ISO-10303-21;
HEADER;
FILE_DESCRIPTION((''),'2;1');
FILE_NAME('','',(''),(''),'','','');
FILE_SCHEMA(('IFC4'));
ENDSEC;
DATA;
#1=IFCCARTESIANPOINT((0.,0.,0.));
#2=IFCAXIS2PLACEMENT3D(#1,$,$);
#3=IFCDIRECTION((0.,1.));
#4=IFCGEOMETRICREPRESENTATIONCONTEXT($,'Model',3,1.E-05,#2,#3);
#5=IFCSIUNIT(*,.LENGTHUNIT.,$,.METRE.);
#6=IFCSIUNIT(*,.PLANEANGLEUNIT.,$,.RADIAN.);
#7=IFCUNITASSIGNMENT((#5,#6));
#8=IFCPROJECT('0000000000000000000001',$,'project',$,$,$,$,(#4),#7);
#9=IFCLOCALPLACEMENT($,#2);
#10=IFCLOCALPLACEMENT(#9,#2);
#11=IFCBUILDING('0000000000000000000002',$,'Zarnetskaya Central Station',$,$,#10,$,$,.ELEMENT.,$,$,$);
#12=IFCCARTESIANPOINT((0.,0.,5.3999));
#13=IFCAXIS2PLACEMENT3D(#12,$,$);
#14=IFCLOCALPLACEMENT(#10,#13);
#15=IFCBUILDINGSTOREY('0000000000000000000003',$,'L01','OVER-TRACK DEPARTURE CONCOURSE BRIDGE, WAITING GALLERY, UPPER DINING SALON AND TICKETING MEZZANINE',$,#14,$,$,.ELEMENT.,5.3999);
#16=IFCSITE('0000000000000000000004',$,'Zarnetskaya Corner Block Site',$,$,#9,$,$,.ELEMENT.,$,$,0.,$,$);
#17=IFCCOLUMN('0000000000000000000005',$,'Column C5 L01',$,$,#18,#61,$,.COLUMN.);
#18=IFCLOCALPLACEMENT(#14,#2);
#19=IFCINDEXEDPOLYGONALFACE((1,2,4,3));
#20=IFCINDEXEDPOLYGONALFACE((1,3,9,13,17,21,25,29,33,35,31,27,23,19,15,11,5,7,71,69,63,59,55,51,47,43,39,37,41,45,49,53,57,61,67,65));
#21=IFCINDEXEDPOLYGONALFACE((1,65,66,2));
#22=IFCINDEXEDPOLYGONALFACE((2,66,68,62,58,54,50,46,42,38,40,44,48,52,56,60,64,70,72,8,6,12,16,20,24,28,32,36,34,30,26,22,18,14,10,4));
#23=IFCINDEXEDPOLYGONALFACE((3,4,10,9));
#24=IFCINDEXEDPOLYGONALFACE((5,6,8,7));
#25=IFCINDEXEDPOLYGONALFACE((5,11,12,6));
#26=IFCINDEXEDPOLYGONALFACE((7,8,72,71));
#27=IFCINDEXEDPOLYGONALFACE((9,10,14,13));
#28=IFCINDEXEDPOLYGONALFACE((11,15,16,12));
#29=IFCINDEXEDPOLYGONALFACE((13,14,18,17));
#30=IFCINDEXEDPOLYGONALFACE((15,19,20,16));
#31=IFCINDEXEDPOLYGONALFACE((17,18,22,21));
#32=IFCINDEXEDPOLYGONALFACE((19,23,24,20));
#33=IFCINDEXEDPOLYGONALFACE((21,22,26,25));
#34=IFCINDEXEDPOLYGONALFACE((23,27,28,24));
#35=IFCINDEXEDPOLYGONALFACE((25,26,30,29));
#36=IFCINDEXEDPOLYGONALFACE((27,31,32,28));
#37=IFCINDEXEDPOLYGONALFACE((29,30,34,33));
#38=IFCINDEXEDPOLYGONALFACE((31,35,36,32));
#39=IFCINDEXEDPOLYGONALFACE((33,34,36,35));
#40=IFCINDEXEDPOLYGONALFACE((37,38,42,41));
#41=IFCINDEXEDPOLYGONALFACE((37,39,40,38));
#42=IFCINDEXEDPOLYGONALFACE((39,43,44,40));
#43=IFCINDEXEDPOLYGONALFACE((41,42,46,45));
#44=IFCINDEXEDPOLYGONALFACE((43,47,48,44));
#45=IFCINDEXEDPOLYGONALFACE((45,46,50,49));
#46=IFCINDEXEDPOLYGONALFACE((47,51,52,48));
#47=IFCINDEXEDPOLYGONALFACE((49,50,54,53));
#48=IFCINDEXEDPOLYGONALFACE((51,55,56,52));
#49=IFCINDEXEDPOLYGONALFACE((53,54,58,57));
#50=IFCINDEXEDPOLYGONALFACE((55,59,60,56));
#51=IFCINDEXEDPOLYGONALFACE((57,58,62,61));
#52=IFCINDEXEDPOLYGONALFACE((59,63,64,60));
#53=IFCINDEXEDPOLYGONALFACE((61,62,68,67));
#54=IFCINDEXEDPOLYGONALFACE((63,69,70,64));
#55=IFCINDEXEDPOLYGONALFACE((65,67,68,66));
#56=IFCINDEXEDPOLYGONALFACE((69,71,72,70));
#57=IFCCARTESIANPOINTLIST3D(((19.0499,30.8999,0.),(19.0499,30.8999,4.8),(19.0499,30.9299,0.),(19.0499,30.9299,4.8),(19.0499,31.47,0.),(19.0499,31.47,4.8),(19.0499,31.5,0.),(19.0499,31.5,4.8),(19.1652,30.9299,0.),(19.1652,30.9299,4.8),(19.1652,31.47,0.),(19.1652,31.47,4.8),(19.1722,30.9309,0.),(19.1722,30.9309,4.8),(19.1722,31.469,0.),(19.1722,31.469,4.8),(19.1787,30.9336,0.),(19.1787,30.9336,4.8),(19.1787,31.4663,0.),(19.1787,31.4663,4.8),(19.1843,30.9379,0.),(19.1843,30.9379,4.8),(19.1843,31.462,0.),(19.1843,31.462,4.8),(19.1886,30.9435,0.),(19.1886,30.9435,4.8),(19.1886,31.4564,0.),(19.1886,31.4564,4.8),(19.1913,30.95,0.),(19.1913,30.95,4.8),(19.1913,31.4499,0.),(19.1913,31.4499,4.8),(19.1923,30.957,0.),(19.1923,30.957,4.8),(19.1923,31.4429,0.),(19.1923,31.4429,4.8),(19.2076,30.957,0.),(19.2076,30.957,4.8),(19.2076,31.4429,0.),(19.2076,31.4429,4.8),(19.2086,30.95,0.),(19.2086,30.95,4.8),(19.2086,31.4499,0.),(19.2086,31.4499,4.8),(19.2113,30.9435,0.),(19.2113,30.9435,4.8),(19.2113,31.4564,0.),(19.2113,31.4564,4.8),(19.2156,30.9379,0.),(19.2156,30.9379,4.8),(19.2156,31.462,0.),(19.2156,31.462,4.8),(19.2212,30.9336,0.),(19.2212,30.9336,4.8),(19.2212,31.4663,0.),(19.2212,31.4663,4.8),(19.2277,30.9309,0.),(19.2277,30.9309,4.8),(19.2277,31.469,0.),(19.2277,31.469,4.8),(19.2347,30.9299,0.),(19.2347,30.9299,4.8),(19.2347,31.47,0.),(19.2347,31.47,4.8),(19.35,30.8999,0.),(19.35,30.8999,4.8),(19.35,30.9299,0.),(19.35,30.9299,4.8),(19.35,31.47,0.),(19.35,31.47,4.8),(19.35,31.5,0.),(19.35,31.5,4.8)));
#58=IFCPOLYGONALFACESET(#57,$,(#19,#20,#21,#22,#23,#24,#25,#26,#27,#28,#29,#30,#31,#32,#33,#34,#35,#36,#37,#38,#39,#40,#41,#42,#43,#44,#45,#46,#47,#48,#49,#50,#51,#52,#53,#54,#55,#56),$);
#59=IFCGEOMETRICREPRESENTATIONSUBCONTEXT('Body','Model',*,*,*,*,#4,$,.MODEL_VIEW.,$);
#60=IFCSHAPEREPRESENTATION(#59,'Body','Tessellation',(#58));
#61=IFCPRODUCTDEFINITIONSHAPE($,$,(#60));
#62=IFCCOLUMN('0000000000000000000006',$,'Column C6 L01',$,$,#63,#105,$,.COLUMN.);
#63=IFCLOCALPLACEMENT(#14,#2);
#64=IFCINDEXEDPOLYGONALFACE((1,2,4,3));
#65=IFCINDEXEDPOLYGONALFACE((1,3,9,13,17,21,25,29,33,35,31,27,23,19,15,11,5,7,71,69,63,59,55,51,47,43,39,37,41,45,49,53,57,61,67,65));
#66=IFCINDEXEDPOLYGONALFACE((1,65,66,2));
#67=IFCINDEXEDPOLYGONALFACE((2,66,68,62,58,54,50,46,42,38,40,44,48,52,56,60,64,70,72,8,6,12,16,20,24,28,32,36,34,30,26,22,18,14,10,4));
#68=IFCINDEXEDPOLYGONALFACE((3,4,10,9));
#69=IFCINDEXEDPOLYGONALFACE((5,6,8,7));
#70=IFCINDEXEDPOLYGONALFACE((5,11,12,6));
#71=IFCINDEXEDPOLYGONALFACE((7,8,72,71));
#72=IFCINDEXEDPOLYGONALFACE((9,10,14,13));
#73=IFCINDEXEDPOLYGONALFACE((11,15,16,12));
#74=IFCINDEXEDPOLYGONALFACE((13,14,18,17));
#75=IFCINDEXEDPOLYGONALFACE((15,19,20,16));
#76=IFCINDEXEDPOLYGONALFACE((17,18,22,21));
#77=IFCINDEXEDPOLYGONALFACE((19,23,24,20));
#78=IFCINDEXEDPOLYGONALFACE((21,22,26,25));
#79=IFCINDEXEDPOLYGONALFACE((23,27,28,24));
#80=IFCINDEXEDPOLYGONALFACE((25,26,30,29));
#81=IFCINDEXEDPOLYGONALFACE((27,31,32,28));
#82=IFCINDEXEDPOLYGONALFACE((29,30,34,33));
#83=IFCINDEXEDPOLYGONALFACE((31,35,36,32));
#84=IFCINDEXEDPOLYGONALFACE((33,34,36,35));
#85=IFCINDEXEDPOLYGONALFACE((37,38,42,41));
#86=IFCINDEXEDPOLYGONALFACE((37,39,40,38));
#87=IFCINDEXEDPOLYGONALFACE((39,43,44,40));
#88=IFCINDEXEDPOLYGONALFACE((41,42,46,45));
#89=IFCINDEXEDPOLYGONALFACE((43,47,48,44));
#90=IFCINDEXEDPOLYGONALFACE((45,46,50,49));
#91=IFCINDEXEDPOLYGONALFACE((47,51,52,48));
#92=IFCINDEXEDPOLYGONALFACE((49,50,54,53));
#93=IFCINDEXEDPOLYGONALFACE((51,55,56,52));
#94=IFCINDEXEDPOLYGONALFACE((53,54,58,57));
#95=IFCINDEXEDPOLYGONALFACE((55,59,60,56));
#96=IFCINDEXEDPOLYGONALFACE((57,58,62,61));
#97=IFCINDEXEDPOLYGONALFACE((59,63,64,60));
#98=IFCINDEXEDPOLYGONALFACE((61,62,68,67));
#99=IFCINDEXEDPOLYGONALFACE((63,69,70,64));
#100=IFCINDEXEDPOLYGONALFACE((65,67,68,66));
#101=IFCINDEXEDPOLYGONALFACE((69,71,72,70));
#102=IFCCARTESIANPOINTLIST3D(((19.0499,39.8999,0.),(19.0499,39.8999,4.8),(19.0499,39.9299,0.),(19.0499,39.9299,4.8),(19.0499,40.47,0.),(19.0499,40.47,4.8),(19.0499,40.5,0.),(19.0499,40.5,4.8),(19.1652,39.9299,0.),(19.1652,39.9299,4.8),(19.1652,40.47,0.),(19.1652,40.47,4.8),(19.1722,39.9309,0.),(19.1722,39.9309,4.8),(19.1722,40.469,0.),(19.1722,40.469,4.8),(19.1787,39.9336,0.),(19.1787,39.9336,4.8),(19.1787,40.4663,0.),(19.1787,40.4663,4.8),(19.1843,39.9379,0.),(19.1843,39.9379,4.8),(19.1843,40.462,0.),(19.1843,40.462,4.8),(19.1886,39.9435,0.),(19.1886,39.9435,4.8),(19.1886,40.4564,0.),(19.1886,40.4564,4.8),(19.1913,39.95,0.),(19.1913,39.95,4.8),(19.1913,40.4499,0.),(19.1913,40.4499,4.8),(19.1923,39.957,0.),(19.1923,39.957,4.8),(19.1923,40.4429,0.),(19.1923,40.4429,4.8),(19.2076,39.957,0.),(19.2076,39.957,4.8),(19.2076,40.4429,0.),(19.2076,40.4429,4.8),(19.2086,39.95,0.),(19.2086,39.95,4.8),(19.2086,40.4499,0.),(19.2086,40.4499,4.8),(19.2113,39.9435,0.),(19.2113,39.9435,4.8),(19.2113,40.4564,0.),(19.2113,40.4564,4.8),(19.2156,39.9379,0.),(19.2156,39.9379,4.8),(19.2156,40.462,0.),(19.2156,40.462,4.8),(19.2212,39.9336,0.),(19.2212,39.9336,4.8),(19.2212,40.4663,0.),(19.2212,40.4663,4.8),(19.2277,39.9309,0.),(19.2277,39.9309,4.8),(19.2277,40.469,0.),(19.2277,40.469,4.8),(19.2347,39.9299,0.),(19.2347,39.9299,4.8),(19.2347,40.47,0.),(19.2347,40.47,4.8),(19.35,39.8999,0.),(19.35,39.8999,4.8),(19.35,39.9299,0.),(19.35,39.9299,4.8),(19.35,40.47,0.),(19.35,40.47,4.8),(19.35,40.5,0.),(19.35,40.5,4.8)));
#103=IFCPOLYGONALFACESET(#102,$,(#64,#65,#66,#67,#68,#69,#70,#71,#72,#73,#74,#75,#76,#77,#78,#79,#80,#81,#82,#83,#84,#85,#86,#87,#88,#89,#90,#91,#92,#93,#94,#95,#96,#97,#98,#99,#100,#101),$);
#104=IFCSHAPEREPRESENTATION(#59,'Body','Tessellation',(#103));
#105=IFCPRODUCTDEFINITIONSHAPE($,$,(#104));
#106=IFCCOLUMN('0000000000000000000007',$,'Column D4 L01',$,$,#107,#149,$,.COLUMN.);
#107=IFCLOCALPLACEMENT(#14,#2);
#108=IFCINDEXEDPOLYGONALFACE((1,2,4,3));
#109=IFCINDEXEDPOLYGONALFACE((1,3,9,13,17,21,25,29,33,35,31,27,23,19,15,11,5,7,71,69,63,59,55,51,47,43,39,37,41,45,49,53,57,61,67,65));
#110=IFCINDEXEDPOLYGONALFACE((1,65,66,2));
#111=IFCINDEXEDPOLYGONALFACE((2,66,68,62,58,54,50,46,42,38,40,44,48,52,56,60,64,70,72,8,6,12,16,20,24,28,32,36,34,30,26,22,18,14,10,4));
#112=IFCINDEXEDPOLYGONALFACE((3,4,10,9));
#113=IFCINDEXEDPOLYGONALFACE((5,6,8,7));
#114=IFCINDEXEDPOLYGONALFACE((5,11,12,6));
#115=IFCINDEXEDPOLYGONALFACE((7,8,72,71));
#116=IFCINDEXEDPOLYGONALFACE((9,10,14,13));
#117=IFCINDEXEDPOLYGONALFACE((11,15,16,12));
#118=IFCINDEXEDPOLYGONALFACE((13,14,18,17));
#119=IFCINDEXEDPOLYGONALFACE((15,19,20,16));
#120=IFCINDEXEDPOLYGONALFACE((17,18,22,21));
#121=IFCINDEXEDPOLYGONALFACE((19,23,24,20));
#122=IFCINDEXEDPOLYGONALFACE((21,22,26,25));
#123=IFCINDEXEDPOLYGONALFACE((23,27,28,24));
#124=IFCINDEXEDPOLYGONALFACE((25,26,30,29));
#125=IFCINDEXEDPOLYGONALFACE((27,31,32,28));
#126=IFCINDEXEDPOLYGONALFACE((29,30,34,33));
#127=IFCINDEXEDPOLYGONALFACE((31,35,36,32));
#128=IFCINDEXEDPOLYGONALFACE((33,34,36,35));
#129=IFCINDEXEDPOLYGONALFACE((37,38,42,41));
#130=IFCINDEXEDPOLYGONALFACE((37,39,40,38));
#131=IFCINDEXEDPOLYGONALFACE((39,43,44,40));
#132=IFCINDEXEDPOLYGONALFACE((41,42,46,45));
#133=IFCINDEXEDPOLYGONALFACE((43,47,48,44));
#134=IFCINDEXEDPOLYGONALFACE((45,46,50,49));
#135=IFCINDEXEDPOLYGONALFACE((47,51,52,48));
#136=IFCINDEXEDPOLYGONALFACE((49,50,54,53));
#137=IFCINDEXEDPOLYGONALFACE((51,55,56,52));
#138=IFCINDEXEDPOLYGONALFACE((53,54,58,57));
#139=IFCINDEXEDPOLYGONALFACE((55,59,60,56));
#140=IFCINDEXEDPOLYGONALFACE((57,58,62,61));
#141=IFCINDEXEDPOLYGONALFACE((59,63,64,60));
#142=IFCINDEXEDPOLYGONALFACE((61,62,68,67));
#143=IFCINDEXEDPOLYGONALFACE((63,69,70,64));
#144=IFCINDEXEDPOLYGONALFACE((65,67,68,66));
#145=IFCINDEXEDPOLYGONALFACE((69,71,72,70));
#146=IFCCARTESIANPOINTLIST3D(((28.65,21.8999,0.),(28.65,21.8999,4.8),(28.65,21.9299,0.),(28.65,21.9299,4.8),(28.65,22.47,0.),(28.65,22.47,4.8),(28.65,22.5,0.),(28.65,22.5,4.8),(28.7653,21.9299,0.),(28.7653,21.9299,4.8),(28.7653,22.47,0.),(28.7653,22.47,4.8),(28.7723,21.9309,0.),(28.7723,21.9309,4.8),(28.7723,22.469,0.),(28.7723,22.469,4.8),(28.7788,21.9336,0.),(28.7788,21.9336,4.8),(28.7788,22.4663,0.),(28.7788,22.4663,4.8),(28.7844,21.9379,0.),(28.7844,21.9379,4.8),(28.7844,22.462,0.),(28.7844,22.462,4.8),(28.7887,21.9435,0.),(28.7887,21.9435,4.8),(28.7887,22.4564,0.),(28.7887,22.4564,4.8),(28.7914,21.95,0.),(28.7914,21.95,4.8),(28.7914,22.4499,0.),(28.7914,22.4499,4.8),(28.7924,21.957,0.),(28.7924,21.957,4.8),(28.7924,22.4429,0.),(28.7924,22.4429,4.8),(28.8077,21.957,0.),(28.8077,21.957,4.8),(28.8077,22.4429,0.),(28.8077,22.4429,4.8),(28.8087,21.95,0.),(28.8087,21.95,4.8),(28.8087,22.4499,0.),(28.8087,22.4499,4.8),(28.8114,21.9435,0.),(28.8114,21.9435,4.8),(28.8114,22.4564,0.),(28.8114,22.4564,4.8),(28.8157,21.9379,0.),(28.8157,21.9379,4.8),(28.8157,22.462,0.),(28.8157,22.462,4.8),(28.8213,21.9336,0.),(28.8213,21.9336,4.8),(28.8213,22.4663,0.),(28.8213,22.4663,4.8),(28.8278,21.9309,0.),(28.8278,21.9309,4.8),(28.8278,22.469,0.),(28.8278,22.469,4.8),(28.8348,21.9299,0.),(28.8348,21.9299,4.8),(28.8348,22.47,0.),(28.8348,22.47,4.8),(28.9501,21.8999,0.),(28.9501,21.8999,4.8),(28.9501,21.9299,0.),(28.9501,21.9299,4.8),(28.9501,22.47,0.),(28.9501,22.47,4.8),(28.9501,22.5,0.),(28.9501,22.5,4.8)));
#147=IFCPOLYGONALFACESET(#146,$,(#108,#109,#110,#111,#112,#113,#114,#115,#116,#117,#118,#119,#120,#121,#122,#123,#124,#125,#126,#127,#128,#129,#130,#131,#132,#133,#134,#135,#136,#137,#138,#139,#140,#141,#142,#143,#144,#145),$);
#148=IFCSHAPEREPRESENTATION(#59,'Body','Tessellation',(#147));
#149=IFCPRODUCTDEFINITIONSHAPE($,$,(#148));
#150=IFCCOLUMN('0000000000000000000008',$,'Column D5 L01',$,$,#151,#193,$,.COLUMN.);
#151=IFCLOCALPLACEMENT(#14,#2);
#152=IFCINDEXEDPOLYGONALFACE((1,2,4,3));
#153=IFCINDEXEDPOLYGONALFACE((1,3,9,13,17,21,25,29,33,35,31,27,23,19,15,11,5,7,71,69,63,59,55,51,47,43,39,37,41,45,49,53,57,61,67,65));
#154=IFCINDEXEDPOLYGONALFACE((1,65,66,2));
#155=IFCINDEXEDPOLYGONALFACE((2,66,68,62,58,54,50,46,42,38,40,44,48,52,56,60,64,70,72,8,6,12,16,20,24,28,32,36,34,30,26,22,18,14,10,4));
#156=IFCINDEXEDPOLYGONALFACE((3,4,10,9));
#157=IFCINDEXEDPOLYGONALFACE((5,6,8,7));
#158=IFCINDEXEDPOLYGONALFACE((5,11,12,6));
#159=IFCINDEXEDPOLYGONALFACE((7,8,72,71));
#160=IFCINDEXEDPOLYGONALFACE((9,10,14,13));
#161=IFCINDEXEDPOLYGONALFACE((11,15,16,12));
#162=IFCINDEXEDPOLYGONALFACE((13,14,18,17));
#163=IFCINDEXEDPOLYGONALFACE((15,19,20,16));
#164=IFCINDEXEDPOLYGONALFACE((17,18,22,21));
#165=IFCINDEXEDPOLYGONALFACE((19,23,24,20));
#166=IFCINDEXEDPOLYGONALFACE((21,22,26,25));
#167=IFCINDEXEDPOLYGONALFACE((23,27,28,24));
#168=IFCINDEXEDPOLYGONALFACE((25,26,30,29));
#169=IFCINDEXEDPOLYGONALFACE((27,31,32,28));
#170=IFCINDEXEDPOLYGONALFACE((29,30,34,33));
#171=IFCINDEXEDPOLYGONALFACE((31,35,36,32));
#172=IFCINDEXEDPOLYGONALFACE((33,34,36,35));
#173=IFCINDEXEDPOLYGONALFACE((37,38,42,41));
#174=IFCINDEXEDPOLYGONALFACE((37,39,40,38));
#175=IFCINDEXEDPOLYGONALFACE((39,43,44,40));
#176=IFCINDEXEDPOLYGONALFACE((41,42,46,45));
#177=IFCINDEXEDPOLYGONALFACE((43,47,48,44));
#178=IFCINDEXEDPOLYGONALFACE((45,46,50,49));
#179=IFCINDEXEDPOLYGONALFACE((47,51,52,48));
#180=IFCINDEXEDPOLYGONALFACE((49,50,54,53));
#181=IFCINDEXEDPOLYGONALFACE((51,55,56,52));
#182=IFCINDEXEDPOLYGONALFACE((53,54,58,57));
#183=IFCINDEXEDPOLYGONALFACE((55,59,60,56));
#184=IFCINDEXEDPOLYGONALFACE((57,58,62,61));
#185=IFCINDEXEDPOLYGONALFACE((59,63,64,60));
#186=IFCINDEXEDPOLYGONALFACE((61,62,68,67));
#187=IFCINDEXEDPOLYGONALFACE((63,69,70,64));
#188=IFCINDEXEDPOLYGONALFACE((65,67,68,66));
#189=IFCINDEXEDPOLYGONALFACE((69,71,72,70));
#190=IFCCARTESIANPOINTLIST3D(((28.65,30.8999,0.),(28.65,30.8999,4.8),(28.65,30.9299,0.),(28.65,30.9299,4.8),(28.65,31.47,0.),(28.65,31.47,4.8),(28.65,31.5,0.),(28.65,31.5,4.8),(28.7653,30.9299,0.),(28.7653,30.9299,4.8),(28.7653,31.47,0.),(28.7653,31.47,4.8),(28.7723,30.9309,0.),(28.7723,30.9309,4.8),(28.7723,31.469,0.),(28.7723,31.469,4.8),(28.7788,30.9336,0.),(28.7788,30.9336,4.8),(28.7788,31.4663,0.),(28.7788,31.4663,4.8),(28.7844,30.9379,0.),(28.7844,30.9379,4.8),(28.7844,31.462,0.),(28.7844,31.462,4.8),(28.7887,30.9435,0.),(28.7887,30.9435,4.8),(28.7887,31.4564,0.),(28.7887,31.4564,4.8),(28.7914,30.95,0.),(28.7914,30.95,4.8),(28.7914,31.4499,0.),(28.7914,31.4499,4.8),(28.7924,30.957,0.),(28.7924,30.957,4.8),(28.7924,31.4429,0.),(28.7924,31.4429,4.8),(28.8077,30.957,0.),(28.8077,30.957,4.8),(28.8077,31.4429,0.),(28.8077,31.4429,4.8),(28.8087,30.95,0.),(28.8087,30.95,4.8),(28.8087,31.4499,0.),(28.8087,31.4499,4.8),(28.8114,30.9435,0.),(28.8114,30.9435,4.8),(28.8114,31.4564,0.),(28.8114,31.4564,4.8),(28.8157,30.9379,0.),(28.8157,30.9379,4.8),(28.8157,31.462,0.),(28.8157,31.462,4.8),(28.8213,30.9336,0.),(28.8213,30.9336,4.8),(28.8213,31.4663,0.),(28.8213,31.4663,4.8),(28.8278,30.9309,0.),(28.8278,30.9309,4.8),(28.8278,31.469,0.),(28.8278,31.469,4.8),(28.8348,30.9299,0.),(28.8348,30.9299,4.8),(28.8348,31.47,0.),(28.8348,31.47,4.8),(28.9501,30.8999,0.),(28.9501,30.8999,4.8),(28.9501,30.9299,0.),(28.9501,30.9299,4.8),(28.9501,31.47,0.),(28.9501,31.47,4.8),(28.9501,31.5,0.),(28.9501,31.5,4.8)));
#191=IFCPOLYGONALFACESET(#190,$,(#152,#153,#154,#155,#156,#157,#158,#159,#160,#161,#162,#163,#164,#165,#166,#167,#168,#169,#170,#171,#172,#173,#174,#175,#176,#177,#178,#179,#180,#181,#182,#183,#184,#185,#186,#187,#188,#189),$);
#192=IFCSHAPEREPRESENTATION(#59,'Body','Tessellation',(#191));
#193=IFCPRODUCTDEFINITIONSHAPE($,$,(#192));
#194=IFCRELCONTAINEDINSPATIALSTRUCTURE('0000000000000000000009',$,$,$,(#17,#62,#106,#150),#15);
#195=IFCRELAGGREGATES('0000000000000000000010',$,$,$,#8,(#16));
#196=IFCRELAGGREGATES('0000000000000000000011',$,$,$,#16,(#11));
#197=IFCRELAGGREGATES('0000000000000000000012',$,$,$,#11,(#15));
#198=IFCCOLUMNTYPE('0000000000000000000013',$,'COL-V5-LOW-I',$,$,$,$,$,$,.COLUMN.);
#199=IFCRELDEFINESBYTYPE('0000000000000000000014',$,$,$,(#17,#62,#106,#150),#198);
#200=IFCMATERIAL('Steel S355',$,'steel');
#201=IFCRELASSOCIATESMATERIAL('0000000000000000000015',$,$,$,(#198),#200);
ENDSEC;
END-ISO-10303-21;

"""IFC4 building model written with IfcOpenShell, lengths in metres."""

from ifc_helpers import new_model, si_unit, direction, frame, origin, origin_2d, place, context, subcontext, project, spatial, i_section, extrude, material, material_profile, profile_set, type_object, element, save


model = new_model("IFC4")

# Units and contexts
model_context = context("Model", 3, precision=1e-05, world=origin(), true_north=direction((0.0, 1.0)))
body_context = subcontext(model_context, "Body", "Model", "MODEL_VIEW")
ifc_project = project(units=[si_unit("LENGTHUNIT", "METRE"), si_unit("PLANEANGLEUNIT", "RADIAN")], contexts=[model_context])

# Site, building, storey
site_placement = place(None, origin())
site = spatial("IfcSite", under=ifc_project, at=site_placement, Name="Zarnetskaya Corner Block Site", CompositionType="ELEMENT", RefElevation=0.0)
building_placement = place(site_placement, origin())
building = spatial("IfcBuilding", under=site, at=building_placement, Name="Zarnetskaya Central Station", CompositionType="ELEMENT")
storey_placement = place(building_placement, frame((0.0, 0.0, 5.3999)))
storey = spatial("IfcBuildingStorey", under=building, at=storey_placement, Name="L01", Description="OVER-TRACK DEPARTURE CONCOURSE BRIDGE, WAITING GALLERY, UPPER DINING SALON AND TICKETING MEZZANINE", CompositionType="ELEMENT", Elevation=5.3999)

# Columns
ifc_material_1 = material(Name="Steel S355", Category="steel")
ifc_material_profile_1 = material_profile(ifc_material_1, i_section(OverallWidth=0.3, OverallDepth=0.6001, WebThickness=0.0154, FlangeThickness=0.03, FilletRadius=0.0271, at=origin_2d()), Name="HEB 600")
ifc_profile_set_1 = profile_set([ifc_material_profile_1], Name="Steel S355")
column_type = type_object("IfcColumnType", Name="COL-V5-LOW-I", PredefinedType="COLUMN", material=ifc_profile_set_1)
for number, where, z_axis, x_axis, name in (
    (1, (19.2, 31.2, 0.0), (0.0, 0.0, 1.0), (1.0, 0.0, 0.0), "Column C5 L01"),
    (2, (19.2, 40.2, 0.0), (0.0, 0.0, 1.0), (1.0, 0.0, 0.0), "Column C6 L01"),
    (3, (28.8, 22.2, 0.0), (0.0, 0.0, 1.0), (1.0, 0.0, 0.0), "Column D4 L01"),
    (4, (28.8, 31.2, 0.0), (0.0, 0.0, 1.0), (1.0, 0.0, 0.0), "Column D5 L01"),
):
    element("IfcColumn", number, at=place(storey_placement, frame(where, z_axis=z_axis, x_axis=x_axis)), inside=storey, type_object=column_type, Name=name, PredefinedType="COLUMN", context=body_context, shape_type="SweptSolid", body=[
        extrude(i_section(OverallWidth=0.3, OverallDepth=0.6001, WebThickness=0.0154, FlangeThickness=0.03, FilletRadius=0.0271, at=origin_2d()), origin(), (0.0, 0.0, 1.0), 4.8),
    ])

save(model, "model.ifc")
